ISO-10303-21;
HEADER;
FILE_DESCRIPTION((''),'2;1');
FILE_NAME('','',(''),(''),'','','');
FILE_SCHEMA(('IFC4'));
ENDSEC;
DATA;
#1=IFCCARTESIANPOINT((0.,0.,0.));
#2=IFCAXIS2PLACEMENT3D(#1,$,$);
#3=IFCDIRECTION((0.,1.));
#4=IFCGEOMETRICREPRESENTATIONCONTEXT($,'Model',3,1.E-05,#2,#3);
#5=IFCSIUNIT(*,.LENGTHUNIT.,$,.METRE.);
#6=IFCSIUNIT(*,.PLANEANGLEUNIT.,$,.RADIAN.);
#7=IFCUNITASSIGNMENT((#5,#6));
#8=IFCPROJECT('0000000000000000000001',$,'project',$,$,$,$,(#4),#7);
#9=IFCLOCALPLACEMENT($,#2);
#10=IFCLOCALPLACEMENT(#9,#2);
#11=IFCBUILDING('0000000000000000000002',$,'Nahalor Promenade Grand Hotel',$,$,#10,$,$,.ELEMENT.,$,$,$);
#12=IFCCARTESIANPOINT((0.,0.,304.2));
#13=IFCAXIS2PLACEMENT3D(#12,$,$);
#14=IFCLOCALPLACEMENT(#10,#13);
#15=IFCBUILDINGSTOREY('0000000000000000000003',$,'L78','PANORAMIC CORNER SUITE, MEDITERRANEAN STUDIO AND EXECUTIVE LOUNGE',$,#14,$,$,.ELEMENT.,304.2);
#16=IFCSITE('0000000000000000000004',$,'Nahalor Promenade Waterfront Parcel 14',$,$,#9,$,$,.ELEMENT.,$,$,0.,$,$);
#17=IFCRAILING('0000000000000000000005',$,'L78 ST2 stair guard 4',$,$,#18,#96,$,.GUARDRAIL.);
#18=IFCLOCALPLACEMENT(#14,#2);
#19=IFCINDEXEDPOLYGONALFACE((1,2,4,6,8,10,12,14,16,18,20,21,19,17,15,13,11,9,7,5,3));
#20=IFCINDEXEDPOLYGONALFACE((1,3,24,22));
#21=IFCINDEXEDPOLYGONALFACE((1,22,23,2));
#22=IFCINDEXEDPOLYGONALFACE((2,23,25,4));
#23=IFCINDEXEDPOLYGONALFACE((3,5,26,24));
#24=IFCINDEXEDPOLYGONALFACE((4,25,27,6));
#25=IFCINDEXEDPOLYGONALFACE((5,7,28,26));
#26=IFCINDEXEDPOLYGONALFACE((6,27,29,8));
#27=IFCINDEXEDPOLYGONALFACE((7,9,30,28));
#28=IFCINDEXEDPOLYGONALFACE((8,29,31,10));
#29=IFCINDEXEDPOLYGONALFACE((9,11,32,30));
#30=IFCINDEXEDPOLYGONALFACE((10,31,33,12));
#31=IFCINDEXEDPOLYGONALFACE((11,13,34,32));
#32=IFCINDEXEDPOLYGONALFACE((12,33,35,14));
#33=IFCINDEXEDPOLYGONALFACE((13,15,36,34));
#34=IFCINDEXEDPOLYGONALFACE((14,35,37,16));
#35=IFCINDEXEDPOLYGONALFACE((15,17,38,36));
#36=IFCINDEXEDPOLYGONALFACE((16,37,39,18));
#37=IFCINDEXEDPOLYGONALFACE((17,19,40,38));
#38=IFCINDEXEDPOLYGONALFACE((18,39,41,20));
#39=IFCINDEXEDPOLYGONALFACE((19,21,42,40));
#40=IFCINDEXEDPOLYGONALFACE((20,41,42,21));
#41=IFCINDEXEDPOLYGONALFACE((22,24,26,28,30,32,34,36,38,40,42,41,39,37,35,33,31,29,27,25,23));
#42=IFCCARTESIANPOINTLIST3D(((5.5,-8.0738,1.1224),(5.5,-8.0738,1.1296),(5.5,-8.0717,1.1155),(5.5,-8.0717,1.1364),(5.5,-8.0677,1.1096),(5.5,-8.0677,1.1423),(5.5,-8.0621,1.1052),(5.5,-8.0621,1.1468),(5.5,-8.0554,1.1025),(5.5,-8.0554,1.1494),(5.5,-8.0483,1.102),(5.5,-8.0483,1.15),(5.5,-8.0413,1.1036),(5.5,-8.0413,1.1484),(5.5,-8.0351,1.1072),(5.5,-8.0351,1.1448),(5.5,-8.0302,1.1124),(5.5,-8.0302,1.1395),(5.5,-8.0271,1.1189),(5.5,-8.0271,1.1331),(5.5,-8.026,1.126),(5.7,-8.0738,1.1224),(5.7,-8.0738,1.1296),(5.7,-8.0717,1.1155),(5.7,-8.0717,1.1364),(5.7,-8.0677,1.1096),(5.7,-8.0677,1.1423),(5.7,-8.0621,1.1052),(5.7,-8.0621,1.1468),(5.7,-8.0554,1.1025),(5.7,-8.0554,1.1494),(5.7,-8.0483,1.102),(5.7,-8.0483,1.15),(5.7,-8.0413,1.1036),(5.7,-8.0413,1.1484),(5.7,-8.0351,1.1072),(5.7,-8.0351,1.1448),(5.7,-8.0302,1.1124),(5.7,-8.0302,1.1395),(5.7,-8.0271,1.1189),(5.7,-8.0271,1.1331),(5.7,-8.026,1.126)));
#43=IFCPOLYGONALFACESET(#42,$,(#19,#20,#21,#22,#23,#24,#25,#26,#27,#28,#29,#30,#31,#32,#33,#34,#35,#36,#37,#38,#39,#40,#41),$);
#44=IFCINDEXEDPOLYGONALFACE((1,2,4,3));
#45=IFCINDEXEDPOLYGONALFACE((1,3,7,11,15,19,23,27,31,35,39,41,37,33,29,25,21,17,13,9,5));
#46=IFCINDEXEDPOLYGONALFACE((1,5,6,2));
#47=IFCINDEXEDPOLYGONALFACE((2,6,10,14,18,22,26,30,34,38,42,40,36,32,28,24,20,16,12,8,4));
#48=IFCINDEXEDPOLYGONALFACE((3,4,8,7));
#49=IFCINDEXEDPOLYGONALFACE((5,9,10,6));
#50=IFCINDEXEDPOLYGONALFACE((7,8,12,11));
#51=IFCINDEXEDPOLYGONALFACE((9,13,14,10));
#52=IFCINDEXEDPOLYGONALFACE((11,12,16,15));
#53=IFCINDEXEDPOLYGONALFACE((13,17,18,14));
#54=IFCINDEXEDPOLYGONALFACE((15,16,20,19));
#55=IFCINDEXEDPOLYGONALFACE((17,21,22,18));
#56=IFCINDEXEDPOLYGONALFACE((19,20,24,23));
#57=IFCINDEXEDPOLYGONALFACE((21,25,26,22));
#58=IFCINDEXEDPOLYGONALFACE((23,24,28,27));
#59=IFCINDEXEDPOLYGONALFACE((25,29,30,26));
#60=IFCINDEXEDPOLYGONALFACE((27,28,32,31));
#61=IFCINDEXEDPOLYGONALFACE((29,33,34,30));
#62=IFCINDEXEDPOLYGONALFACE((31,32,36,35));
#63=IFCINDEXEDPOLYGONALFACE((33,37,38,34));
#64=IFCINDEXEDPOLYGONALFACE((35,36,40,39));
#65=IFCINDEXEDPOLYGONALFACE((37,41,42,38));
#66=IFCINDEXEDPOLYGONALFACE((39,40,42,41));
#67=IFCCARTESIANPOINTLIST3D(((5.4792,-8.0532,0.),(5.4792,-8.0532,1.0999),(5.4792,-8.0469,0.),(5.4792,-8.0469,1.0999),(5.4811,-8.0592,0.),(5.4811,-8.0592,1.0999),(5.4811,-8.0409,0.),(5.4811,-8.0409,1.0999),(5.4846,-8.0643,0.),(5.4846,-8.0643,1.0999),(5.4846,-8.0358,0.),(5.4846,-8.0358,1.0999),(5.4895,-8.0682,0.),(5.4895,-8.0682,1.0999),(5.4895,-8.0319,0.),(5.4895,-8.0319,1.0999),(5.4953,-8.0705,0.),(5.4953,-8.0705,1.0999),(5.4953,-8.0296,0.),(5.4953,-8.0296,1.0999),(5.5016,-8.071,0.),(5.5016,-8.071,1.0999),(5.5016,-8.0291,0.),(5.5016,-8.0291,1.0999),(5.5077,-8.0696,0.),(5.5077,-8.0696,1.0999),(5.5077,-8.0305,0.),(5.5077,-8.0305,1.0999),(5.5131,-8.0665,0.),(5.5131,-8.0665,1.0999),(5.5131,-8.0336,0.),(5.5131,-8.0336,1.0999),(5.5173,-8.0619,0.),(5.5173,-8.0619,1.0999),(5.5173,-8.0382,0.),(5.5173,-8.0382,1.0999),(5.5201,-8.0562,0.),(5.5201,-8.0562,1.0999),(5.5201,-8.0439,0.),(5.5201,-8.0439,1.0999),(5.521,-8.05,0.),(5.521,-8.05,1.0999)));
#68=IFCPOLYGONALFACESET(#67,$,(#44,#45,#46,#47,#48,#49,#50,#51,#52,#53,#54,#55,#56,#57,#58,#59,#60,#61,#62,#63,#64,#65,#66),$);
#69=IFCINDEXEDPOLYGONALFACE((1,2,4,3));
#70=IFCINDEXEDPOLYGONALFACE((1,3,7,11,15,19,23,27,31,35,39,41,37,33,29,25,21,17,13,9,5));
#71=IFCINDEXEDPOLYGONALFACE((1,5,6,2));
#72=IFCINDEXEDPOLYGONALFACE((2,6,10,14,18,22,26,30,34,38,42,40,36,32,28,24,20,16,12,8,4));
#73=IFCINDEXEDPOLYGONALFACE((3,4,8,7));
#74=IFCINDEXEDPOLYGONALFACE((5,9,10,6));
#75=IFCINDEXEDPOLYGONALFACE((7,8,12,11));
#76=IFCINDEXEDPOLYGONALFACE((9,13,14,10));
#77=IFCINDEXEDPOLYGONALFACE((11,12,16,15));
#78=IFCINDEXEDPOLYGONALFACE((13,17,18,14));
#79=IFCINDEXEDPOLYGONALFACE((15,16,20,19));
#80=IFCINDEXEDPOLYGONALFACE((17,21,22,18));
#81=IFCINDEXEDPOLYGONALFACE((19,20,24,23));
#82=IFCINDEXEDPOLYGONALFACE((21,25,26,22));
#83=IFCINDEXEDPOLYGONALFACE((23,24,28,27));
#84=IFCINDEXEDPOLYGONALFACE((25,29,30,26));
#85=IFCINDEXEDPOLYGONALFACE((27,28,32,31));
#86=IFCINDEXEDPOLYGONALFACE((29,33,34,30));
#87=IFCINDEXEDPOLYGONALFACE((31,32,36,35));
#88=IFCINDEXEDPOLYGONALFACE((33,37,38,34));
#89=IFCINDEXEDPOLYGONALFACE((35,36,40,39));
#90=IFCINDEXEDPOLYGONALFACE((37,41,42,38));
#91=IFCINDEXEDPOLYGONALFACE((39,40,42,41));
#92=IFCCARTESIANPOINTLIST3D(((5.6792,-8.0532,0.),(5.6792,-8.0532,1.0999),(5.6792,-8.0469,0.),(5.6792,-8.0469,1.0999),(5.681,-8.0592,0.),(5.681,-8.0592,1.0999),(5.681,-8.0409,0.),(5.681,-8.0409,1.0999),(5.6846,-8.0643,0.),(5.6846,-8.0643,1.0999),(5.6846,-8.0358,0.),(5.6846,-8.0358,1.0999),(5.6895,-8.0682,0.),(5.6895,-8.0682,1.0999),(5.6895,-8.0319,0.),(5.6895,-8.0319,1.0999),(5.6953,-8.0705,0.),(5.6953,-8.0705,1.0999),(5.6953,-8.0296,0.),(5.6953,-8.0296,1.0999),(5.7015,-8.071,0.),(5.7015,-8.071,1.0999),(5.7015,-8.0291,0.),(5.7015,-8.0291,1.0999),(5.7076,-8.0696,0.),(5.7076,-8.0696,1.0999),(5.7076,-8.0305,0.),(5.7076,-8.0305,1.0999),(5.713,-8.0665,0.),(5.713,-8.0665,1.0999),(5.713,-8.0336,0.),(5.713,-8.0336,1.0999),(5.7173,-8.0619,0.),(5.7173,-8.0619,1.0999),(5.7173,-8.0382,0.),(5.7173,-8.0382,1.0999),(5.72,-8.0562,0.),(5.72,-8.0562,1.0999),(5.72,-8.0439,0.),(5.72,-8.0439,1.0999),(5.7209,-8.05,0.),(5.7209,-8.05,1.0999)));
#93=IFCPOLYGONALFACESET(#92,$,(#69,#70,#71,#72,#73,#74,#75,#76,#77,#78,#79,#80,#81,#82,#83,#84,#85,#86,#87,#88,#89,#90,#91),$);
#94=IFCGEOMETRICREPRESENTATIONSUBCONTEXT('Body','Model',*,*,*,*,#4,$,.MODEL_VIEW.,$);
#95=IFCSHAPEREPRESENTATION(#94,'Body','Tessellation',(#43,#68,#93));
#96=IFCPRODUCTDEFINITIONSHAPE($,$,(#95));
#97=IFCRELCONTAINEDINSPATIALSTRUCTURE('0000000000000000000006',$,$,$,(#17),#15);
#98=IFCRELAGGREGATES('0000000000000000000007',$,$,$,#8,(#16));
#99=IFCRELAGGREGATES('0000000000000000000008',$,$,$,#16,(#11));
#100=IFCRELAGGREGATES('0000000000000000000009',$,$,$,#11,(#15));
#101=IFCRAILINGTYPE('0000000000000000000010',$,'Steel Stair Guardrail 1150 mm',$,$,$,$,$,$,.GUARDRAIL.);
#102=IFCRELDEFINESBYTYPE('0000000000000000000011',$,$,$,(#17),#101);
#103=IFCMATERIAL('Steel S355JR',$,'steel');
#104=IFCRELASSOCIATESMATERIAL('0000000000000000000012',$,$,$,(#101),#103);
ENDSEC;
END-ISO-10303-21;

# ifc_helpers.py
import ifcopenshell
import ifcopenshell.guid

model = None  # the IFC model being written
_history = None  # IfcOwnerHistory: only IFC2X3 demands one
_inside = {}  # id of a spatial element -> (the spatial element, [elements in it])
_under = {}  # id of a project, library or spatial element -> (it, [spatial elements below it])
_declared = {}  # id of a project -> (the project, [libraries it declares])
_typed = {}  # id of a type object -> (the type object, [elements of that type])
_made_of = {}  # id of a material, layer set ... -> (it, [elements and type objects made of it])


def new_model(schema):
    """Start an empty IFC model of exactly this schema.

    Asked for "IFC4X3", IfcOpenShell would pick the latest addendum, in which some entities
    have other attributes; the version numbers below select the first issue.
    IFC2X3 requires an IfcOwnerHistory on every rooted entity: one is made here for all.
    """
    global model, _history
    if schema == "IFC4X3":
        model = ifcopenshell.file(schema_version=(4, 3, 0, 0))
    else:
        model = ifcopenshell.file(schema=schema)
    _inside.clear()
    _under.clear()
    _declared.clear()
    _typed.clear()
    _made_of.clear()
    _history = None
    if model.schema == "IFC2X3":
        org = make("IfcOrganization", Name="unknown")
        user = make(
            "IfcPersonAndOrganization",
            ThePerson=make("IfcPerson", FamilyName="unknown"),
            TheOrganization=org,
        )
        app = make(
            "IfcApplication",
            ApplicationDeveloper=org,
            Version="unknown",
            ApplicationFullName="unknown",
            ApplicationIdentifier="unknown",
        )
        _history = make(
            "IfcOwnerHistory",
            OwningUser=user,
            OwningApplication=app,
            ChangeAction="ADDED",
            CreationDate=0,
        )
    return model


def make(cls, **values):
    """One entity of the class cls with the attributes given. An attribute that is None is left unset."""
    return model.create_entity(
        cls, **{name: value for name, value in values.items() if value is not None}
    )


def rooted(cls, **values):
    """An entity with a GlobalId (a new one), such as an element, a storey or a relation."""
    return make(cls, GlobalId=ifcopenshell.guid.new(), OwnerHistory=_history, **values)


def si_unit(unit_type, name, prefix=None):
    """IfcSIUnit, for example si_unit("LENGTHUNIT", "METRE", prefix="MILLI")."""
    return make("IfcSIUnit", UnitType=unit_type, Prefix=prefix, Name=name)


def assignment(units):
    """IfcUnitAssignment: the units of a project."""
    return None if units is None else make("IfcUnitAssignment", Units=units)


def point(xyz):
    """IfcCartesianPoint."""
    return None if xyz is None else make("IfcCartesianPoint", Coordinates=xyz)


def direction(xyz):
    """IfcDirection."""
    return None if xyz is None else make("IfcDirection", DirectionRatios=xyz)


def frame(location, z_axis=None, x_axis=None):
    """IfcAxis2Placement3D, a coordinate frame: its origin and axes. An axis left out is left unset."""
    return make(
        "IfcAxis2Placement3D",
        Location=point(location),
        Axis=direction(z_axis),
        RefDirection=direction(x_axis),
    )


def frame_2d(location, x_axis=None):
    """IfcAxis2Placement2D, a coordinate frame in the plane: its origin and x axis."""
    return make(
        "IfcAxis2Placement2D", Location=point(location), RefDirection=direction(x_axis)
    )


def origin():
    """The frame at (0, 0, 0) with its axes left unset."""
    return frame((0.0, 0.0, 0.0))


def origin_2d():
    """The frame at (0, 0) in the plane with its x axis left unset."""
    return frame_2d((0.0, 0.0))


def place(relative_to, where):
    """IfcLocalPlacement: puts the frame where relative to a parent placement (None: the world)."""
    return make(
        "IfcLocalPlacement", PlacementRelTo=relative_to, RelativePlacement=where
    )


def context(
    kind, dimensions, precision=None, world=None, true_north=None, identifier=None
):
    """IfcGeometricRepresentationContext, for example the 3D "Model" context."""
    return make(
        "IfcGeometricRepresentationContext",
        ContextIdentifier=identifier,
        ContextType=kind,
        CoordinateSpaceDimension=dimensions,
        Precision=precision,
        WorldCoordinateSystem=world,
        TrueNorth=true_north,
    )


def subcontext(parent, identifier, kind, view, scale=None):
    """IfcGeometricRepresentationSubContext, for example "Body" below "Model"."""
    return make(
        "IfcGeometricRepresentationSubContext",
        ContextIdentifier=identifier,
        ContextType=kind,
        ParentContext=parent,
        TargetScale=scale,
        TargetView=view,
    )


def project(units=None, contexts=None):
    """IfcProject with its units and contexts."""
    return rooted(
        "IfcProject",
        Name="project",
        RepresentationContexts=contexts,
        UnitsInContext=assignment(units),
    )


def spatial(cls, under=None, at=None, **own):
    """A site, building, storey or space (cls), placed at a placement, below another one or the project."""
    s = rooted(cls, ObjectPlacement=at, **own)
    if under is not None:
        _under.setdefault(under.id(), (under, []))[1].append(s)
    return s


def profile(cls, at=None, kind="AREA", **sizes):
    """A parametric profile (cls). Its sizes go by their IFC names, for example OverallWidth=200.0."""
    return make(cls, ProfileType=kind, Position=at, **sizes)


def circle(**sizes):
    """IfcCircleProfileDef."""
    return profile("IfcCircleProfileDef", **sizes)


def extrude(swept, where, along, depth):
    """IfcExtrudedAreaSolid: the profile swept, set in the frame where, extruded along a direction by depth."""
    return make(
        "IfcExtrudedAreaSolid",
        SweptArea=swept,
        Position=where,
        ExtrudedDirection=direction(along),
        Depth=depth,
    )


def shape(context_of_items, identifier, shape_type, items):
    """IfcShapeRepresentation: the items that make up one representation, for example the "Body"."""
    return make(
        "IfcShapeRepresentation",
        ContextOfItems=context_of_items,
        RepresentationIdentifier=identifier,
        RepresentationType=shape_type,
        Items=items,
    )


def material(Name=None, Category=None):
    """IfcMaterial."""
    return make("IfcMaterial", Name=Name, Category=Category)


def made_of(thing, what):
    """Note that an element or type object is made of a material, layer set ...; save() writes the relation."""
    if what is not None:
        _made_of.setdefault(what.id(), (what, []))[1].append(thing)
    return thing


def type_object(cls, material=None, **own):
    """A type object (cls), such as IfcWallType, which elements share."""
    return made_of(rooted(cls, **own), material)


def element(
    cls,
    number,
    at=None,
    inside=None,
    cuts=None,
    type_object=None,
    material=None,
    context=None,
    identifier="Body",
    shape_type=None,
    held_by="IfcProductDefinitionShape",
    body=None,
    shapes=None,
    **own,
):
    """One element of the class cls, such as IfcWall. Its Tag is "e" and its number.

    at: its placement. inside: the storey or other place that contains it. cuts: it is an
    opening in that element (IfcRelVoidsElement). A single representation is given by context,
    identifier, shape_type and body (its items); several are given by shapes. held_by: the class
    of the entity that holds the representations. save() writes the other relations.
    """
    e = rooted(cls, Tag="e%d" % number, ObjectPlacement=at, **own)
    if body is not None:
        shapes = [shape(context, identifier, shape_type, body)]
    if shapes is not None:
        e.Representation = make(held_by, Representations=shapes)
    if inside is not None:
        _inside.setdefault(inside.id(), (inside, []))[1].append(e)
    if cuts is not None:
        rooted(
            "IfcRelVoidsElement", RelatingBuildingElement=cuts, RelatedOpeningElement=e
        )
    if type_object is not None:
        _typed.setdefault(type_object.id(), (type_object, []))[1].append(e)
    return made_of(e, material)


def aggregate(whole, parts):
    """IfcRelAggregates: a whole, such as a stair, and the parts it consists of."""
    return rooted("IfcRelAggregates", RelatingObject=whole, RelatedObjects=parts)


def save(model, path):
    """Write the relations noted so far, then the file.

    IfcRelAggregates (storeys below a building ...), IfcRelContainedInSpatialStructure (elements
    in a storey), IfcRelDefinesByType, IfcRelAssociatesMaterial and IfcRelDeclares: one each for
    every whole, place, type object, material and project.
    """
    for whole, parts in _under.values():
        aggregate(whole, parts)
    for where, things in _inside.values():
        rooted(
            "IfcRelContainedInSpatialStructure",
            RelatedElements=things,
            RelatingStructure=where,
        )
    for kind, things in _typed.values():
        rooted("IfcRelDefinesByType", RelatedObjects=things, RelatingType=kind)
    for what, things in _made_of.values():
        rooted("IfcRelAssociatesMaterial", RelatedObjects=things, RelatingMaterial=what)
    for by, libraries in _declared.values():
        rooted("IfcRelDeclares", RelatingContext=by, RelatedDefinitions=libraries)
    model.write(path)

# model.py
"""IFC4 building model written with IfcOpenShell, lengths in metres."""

from ifc_helpers import new_model, si_unit, direction, frame, origin, origin_2d, place, context, subcontext, project, spatial, circle, extrude, material, type_object, element, save


model = new_model("IFC4")

# Units and contexts
model_context = context("Model", 3, precision=1e-05, world=origin(), true_north=direction((0.0, 1.0)))
body_context = subcontext(model_context, "Body", "Model", "MODEL_VIEW")
ifc_project = project(units=[si_unit("LENGTHUNIT", "METRE"), si_unit("PLANEANGLEUNIT", "RADIAN")], contexts=[model_context])

# Site, building, storey
site_placement = place(None, origin())
site = spatial("IfcSite", under=ifc_project, at=site_placement, Name="Nahalor Promenade Waterfront Parcel 14", CompositionType="ELEMENT", RefElevation=0.0)
building_placement = place(site_placement, origin())
building = spatial("IfcBuilding", under=site, at=building_placement, Name="Nahalor Promenade Grand Hotel", CompositionType="ELEMENT")
storey_placement = place(building_placement, frame((0.0, 0.0, 304.2)))
storey = spatial("IfcBuildingStorey", under=building, at=storey_placement, Name="L78", Description="PANORAMIC CORNER SUITE, MEDITERRANEAN STUDIO AND EXECUTIVE LOUNGE", CompositionType="ELEMENT", Elevation=304.2)

# Shared definitions
ifc_material_1 = material(Name="Steel S355JR", Category="steel")

# Railing
railing_type_1 = type_object("IfcRailingType", Name="Steel Stair Guardrail 1150 mm", PredefinedType="GUARDRAIL", material=ifc_material_1)
railing_1_placement = place(storey_placement, frame((5.5, -8.05, 0.0)))
element("IfcRailing", 1, at=railing_1_placement, inside=storey, type_object=railing_type_1, Name="L78 ST2 stair guard 4", PredefinedType="GUARDRAIL", context=body_context, shape_type="SweptSolid", body=[
    extrude(circle(Radius=0.024, at=origin_2d()), frame((0.0, 0.0, 1.126), z_axis=(1.0, 0.0, 0.0), x_axis=(0.0, 1.0, 0.0)), (0.0, 0.0, 1.0), 0.2),
    extrude(circle(Radius=0.021, at=origin_2d()), origin(), (0.0, 0.0, 1.0), 1.0999),
    extrude(circle(Radius=0.021, at=origin_2d()), frame((0.2, 0.0, 0.0)), (0.0, 0.0, 1.0), 1.0999),
])

save(model, "model.ifc")
